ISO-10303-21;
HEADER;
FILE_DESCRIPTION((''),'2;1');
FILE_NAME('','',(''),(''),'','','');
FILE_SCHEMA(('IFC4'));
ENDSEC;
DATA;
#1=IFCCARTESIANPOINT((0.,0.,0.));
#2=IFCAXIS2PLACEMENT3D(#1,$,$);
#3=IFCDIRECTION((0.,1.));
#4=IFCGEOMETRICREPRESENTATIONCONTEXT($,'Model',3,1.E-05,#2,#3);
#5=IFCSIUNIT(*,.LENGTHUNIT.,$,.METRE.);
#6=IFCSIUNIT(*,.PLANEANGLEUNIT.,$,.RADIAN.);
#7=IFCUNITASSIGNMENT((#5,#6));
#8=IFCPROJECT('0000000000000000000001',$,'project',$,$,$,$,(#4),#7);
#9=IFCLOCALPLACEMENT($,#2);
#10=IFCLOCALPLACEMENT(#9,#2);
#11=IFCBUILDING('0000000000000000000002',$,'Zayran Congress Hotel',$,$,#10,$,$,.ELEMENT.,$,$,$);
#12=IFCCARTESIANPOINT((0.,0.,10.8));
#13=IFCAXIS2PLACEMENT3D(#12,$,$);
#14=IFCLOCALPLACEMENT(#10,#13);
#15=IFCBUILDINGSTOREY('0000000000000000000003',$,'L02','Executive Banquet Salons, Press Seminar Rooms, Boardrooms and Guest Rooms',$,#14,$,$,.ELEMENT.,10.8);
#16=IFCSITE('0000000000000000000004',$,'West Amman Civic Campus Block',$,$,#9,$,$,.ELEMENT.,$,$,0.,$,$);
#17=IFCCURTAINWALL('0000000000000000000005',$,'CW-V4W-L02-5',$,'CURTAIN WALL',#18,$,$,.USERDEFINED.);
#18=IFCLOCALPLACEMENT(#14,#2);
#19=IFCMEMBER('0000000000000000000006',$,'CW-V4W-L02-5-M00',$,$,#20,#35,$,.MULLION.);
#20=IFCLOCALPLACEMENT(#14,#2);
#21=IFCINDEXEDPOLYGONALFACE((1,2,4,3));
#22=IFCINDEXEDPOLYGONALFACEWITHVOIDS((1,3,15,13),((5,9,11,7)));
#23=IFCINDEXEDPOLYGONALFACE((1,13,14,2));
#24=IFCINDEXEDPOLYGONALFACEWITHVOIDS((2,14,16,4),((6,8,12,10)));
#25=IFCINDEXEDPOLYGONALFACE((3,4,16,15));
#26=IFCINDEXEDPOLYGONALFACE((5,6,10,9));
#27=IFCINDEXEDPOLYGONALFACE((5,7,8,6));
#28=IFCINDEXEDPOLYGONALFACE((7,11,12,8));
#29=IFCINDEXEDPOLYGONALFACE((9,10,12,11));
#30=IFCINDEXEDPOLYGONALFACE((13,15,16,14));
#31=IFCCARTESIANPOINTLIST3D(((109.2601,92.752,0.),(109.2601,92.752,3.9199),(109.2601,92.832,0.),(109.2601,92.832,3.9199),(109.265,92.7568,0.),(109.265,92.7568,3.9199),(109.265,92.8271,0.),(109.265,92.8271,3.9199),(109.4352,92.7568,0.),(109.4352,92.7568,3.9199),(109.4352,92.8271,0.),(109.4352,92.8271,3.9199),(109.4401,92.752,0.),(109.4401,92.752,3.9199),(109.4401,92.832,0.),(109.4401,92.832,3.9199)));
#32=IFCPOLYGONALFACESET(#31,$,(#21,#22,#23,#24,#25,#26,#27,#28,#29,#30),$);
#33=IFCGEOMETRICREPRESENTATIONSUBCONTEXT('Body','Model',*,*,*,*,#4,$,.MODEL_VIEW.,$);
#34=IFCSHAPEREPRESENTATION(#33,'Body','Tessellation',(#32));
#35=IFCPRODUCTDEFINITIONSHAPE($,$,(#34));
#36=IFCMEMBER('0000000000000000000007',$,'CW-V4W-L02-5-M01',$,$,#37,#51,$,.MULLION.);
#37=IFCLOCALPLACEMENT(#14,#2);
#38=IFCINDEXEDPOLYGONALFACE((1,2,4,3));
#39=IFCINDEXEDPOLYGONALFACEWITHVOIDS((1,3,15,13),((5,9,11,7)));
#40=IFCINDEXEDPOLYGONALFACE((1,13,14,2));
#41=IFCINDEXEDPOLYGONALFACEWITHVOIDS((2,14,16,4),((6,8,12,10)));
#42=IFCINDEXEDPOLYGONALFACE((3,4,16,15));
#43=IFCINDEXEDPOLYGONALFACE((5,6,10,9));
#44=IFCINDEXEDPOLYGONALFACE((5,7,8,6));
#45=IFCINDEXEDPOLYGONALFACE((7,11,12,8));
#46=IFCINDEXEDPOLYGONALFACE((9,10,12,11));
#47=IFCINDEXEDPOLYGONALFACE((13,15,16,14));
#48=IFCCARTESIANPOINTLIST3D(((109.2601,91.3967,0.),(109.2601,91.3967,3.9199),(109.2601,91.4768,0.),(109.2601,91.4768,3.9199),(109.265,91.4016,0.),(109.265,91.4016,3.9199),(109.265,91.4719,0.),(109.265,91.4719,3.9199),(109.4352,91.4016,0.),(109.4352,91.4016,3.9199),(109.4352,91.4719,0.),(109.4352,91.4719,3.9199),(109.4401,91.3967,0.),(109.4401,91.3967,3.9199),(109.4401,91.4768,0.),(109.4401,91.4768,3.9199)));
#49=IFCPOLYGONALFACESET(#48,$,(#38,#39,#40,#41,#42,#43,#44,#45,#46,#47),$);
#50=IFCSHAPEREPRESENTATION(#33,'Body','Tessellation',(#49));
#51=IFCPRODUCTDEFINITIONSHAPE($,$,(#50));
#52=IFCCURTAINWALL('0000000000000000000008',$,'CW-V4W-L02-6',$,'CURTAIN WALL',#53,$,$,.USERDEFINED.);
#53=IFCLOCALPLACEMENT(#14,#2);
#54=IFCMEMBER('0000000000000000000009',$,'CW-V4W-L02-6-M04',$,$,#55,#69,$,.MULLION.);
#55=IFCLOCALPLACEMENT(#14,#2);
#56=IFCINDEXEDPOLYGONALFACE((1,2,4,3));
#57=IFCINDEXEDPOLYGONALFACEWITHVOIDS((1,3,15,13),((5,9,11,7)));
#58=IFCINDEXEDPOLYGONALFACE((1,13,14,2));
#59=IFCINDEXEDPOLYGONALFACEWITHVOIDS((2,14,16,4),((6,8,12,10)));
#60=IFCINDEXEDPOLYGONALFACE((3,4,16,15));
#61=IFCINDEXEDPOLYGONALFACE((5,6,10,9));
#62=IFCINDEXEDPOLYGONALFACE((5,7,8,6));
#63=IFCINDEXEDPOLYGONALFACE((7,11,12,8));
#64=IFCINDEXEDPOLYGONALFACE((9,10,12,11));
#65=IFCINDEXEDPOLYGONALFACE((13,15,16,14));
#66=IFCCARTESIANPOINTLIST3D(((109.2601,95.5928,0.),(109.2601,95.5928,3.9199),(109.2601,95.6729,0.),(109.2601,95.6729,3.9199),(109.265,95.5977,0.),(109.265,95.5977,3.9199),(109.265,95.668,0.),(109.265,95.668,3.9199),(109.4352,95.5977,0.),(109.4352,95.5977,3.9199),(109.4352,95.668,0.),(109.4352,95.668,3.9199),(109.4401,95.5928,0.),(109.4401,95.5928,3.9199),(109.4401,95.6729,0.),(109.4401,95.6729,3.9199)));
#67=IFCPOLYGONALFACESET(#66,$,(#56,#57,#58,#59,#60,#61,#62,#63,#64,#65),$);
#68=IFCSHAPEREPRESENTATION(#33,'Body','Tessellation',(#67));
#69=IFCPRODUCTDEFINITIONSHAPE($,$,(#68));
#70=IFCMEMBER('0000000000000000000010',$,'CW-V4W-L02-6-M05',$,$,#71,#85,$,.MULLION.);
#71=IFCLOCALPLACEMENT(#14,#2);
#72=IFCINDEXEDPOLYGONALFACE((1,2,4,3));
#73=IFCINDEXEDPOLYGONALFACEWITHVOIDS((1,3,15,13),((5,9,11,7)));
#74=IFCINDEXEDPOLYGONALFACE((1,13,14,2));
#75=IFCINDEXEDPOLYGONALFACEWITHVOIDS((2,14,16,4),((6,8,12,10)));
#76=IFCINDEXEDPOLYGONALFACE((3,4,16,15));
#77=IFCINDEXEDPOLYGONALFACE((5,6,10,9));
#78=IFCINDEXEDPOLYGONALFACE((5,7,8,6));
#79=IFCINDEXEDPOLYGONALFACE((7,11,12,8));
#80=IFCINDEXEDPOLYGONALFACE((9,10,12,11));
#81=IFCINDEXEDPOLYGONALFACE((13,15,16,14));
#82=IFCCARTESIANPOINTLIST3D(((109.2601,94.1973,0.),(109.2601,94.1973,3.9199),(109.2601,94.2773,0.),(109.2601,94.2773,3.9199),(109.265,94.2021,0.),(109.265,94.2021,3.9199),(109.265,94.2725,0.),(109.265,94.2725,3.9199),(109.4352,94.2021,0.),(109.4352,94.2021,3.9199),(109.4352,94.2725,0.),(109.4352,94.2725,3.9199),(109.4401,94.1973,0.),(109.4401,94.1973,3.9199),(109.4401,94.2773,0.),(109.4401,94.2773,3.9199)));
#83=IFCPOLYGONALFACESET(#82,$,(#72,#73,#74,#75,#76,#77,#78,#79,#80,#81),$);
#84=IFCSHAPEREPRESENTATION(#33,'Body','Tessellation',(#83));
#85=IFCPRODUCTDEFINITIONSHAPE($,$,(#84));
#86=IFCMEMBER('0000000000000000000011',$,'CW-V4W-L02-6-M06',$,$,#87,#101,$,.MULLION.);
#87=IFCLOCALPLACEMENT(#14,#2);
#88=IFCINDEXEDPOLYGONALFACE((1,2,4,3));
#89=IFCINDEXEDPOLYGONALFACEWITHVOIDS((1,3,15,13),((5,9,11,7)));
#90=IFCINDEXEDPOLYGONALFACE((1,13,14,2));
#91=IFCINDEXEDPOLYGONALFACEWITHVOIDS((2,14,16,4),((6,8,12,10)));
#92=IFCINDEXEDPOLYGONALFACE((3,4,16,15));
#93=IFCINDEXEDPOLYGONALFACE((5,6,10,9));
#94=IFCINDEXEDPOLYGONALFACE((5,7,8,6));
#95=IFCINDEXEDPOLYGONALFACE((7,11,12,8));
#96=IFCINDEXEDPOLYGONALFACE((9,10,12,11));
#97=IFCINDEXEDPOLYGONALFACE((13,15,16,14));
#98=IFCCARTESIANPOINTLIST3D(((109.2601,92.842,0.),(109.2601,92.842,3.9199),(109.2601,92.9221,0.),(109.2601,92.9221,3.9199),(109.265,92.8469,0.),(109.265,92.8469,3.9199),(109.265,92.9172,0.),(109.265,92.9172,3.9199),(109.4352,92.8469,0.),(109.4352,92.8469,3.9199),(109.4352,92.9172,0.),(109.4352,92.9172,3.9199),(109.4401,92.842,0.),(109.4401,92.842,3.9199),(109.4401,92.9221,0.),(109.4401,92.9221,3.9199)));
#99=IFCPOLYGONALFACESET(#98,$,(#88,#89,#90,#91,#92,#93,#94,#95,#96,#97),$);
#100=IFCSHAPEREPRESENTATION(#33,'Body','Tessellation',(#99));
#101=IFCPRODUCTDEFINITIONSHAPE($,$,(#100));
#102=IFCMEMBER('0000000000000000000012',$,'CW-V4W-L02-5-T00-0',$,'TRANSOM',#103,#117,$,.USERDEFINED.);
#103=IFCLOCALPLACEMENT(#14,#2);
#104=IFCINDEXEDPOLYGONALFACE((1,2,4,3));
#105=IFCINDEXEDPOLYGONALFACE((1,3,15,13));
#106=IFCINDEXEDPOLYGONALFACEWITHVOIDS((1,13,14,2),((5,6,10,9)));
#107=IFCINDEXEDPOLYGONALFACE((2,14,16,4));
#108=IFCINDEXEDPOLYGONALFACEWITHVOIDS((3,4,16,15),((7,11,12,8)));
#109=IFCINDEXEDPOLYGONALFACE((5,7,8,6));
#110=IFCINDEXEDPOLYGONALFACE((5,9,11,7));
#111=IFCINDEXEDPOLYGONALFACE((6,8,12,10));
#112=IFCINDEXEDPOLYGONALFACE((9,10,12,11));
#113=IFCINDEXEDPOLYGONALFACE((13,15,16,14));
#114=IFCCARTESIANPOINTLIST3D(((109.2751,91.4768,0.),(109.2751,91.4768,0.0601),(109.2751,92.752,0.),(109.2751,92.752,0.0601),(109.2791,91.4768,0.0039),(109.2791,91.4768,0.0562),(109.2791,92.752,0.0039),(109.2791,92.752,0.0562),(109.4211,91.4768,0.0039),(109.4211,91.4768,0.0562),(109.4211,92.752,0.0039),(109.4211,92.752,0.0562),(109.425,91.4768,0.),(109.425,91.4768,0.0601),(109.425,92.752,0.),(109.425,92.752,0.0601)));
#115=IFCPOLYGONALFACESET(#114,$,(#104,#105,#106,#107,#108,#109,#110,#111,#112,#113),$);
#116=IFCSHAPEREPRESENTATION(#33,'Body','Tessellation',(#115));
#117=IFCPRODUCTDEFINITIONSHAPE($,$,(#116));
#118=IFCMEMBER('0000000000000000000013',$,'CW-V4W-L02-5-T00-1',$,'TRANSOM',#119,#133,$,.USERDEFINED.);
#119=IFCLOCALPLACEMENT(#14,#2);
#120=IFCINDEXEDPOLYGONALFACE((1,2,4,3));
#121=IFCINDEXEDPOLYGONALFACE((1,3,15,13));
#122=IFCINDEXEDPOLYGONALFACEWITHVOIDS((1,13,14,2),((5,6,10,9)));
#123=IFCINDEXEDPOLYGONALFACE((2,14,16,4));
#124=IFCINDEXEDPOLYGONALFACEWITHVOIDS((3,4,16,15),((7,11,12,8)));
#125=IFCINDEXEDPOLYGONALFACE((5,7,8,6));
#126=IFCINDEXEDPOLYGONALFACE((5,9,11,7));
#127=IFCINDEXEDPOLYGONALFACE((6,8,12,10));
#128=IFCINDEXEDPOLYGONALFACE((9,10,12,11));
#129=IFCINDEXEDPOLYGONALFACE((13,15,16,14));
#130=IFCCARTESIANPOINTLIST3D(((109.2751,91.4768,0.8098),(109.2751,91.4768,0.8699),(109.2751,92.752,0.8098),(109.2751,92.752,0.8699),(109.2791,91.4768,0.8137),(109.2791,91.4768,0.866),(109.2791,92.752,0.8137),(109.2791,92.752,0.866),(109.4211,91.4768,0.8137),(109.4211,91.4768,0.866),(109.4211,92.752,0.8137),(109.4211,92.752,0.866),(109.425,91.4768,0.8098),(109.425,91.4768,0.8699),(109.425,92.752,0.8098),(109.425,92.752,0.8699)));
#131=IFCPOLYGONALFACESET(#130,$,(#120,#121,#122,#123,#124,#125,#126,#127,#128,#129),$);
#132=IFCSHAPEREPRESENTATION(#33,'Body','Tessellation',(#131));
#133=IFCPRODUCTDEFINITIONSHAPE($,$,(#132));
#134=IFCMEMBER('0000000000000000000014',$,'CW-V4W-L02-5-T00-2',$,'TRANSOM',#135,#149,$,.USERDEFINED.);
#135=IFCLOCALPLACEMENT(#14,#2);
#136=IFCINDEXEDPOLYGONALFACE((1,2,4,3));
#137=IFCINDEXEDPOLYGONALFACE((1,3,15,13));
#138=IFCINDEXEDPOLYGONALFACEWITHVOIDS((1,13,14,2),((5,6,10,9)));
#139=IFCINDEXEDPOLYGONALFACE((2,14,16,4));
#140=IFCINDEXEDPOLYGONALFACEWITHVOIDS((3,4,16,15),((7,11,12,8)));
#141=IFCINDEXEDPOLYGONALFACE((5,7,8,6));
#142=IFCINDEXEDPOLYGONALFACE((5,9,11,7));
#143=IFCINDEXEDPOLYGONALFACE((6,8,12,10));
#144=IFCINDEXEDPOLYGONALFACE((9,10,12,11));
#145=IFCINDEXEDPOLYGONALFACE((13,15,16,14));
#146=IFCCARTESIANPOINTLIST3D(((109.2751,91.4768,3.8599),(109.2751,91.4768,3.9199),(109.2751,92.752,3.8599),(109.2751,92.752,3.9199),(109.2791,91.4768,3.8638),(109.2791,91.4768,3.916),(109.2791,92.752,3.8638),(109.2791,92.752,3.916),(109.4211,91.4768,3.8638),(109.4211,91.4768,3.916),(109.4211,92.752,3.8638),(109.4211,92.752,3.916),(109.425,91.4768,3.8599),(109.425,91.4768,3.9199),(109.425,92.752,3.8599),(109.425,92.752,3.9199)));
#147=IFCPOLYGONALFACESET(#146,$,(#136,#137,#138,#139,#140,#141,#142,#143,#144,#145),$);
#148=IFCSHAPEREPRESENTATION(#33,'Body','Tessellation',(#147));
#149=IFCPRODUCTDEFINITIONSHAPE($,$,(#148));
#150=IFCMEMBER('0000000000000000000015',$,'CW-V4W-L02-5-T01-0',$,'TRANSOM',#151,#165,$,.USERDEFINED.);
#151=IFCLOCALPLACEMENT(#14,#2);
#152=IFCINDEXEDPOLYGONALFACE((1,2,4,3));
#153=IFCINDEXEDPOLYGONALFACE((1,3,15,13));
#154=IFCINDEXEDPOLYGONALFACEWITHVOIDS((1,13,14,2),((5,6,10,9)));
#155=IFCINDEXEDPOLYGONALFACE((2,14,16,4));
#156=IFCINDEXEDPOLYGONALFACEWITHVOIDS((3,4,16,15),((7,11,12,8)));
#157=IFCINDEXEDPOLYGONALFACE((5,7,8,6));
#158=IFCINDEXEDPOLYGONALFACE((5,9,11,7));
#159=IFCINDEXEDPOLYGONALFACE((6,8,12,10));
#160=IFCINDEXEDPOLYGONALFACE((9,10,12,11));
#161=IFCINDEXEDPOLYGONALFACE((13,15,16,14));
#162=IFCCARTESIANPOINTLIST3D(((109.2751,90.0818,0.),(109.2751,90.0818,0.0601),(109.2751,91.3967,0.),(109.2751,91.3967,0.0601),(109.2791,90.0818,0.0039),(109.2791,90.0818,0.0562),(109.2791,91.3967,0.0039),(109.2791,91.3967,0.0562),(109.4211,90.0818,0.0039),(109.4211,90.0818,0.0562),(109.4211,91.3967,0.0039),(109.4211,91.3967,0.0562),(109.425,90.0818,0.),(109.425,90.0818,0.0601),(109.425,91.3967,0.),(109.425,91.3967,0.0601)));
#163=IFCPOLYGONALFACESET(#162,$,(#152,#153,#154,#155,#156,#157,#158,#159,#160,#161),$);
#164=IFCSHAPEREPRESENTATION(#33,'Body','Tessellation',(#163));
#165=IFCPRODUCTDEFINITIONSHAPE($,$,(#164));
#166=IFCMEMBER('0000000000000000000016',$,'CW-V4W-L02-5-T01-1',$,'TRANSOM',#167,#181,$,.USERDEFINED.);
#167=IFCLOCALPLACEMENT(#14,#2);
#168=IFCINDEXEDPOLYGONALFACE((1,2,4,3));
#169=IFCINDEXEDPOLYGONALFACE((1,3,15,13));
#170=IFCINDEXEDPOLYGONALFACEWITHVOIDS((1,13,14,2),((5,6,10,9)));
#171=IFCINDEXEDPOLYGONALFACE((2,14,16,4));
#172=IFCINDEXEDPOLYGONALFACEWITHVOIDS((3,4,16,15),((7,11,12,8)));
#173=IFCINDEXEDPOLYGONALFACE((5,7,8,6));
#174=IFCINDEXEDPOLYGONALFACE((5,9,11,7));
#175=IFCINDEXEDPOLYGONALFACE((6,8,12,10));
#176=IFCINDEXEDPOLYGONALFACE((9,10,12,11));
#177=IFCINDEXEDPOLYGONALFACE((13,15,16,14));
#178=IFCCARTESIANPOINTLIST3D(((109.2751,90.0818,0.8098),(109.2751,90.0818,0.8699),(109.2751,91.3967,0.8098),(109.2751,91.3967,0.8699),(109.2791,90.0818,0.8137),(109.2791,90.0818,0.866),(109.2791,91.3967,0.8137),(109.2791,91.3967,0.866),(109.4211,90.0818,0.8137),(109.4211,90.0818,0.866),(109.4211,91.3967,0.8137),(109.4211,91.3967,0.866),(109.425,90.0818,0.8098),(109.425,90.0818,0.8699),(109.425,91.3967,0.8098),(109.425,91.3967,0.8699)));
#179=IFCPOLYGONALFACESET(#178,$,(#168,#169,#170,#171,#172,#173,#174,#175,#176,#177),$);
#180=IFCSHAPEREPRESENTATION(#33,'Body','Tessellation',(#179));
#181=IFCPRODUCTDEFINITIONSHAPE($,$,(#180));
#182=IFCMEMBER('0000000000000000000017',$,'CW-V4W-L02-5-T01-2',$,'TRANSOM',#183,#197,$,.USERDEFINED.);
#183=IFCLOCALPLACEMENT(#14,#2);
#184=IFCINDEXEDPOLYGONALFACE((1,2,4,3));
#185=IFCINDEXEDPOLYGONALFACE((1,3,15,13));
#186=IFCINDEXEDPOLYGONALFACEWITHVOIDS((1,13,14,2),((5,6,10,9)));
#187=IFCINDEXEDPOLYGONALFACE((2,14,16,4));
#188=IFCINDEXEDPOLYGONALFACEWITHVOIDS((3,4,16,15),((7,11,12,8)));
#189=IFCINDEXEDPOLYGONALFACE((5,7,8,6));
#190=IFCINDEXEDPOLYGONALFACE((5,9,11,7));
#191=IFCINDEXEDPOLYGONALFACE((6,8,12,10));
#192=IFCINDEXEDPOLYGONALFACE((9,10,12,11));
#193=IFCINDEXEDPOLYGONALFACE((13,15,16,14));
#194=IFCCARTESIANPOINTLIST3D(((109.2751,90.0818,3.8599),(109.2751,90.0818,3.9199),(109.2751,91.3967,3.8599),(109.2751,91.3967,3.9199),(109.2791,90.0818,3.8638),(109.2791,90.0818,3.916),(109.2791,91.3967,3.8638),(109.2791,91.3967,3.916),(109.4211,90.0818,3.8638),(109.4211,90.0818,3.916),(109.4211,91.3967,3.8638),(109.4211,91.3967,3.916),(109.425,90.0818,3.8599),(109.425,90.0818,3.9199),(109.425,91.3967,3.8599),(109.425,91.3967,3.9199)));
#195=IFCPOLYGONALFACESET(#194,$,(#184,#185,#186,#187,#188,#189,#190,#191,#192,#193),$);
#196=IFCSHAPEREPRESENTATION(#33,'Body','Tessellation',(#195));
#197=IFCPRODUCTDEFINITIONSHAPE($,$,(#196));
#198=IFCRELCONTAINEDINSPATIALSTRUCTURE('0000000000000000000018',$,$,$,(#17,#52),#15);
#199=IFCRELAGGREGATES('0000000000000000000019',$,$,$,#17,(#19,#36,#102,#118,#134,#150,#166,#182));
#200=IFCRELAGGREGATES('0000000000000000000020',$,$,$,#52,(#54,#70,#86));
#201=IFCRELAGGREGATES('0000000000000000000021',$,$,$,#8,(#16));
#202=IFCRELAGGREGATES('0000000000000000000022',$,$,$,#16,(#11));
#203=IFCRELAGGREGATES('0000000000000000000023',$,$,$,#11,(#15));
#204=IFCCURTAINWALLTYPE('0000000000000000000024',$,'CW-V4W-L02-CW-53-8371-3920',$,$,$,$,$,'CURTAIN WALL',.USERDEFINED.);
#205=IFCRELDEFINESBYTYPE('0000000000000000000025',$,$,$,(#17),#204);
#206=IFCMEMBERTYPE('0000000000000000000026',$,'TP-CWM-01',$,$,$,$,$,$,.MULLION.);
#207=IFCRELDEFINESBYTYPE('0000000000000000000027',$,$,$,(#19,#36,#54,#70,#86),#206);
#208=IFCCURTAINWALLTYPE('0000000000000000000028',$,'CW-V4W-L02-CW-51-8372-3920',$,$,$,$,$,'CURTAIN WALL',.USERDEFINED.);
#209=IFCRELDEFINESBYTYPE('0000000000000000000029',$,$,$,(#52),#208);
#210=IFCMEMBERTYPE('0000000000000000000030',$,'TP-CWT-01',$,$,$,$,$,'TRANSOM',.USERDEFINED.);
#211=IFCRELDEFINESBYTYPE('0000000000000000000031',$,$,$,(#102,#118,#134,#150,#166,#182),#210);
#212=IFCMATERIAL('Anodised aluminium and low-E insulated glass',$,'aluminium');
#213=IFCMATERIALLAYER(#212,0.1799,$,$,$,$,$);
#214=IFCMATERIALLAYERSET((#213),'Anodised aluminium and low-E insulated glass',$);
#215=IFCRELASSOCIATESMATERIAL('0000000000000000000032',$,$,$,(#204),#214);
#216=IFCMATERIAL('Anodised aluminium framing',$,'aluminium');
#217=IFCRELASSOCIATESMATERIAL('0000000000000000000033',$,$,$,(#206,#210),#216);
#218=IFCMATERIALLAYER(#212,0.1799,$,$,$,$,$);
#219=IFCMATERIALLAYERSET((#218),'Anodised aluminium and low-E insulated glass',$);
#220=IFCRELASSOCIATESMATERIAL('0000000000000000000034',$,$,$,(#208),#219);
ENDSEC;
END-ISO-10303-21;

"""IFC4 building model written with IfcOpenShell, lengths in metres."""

from ifc_helpers import new_model, si_unit, direction, frame, origin, origin_2d, place, context, subcontext, project, spatial, hollow_rectangle, extrude, material, layer, layer_set, material_profile, profile_set, type_object, element, aggregate, save


model = new_model("IFC4")

# Units and contexts
model_context = context("Model", 3, precision=1e-05, world=origin(), true_north=direction((0.0, 1.0)))
body_context = subcontext(model_context, "Body", "Model", "MODEL_VIEW")
ifc_project = project(units=[si_unit("LENGTHUNIT", "METRE"), si_unit("PLANEANGLEUNIT", "RADIAN")], contexts=[model_context])

# Site, building, storey
site_placement = place(None, origin())
site = spatial("IfcSite", under=ifc_project, at=site_placement, Name="West Amman Civic Campus Block", CompositionType="ELEMENT", RefElevation=0.0)
building_placement = place(site_placement, origin())
building = spatial("IfcBuilding", under=site, at=building_placement, Name="Zayran Congress Hotel", CompositionType="ELEMENT")
storey_placement = place(building_placement, frame((0.0, 0.0, 10.8)))
storey = spatial("IfcBuildingStorey", under=building, at=storey_placement, Name="L02", Description="Executive Banquet Salons, Press Seminar Rooms, Boardrooms and Guest Rooms", CompositionType="ELEMENT", Elevation=10.8)

# Curtain walls, members
ifc_material_1 = material(Name="Anodised aluminium and low-E insulated glass", Category="aluminium")
ifc_layer_1 = layer(ifc_material_1, 0.1799)
ifc_layer_set_1 = layer_set([ifc_layer_1], Name="Anodised aluminium and low-E insulated glass")
curtain_wall_type_1 = type_object("IfcCurtainWallType", Name="CW-V4W-L02-CW-53-8371-3920", ElementType="CURTAIN WALL", PredefinedType="USERDEFINED", material=ifc_layer_set_1)
curtain_wall_1_placement = place(storey_placement, origin())
curtain_wall_1 = element("IfcCurtainWall", 1, at=curtain_wall_1_placement, inside=storey, type_object=curtain_wall_type_1, Name="CW-V4W-L02-5", ObjectType="CURTAIN WALL", PredefinedType="USERDEFINED")
ifc_material_2 = material(Name="Anodised aluminium framing", Category="aluminium")
ifc_material_profile_1 = material_profile(ifc_material_2, hollow_rectangle(XDim=0.0801, YDim=0.1799, WallThickness=0.0049, at=origin_2d()), Name="RHS 180x80x5")
ifc_profile_set_1 = profile_set([ifc_material_profile_1], Name="Anodised aluminium framing")
member_type_1 = type_object("IfcMemberType", Name="TP-CWM-01", PredefinedType="MULLION", material=ifc_profile_set_1)
member_1_placement = place(storey_placement, frame((109.3501, 92.792, 0.0), z_axis=(0.0, 0.0, 1.0), x_axis=(0.0, 1.0, 0.0)))
member_1 = element("IfcMember", 2, at=member_1_placement, type_object=member_type_1, Name="CW-V4W-L02-5-M00", PredefinedType="MULLION", context=body_context, shape_type="SweptSolid", body=[
    extrude(hollow_rectangle(XDim=0.0801, YDim=0.1799, WallThickness=0.0049, at=origin_2d()), origin(), (0.0, 0.0, 1.0), 3.9199),
])
member_2_placement = place(storey_placement, frame((109.3501, 91.4368, 0.0), z_axis=(0.0, 0.0, 1.0), x_axis=(0.0, 1.0, 0.0)))
member_2 = element("IfcMember", 3, at=member_2_placement, type_object=member_type_1, Name="CW-V4W-L02-5-M01", PredefinedType="MULLION", context=body_context, shape_type="SweptSolid", body=[
    extrude(hollow_rectangle(XDim=0.0801, YDim=0.1799, WallThickness=0.0049, at=origin_2d()), origin(), (0.0, 0.0, 1.0), 3.9199),
])
ifc_layer_2 = layer(ifc_material_1, 0.1799)
ifc_layer_set_2 = layer_set([ifc_layer_2], Name="Anodised aluminium and low-E insulated glass")
curtain_wall_type_2 = type_object("IfcCurtainWallType", Name="CW-V4W-L02-CW-51-8372-3920", ElementType="CURTAIN WALL", PredefinedType="USERDEFINED", material=ifc_layer_set_2)
curtain_wall_2_placement = place(storey_placement, origin())
curtain_wall_2 = element("IfcCurtainWall", 4, at=curtain_wall_2_placement, inside=storey, type_object=curtain_wall_type_2, Name="CW-V4W-L02-6", ObjectType="CURTAIN WALL", PredefinedType="USERDEFINED")
member_3_placement = place(storey_placement, frame((109.3501, 95.6328, 0.0), z_axis=(0.0, 0.0, 1.0), x_axis=(0.0, 1.0, 0.0)))
member_3 = element("IfcMember", 5, at=member_3_placement, type_object=member_type_1, Name="CW-V4W-L02-6-M04", PredefinedType="MULLION", context=body_context, shape_type="SweptSolid", body=[
    extrude(hollow_rectangle(XDim=0.0801, YDim=0.1799, WallThickness=0.0049, at=origin_2d()), origin(), (0.0, 0.0, 1.0), 3.9199),
])
member_4_placement = place(storey_placement, frame((109.3501, 94.2373, 0.0), z_axis=(0.0, 0.0, 1.0), x_axis=(0.0, 1.0, 0.0)))
member_4 = element("IfcMember", 6, at=member_4_placement, type_object=member_type_1, Name="CW-V4W-L02-6-M05", PredefinedType="MULLION", context=body_context, shape_type="SweptSolid", body=[
    extrude(hollow_rectangle(XDim=0.0801, YDim=0.1799, WallThickness=0.0049, at=origin_2d()), origin(), (0.0, 0.0, 1.0), 3.9199),
])
member_5_placement = place(storey_placement, frame((109.3501, 92.8821, 0.0), z_axis=(0.0, 0.0, 1.0), x_axis=(0.0, 1.0, 0.0)))
member_5 = element("IfcMember", 7, at=member_5_placement, type_object=member_type_1, Name="CW-V4W-L02-6-M06", PredefinedType="MULLION", context=body_context, shape_type="SweptSolid", body=[
    extrude(hollow_rectangle(XDim=0.0801, YDim=0.1799, WallThickness=0.0049, at=origin_2d()), origin(), (0.0, 0.0, 1.0), 3.9199),
])

# Members
ifc_material_profile_2 = material_profile(ifc_material_2, hollow_rectangle(XDim=0.0601, YDim=0.1499, WallThickness=0.0039, at=origin_2d()), Name="RHS 150x60x4")
ifc_profile_set_2 = profile_set([ifc_material_profile_2], Name="Anodised aluminium framing")
member_type_2 = type_object("IfcMemberType", Name="TP-CWT-01", ElementType="TRANSOM", PredefinedType="USERDEFINED", material=ifc_profile_set_2)
member_6_placement = place(storey_placement, frame((109.3501, 92.752, 0.03), z_axis=(0.0, -1.0, 0.0), x_axis=(0.0, 0.0, 1.0)))
member_6 = element("IfcMember", 8, at=member_6_placement, type_object=member_type_2, Name="CW-V4W-L02-5-T00-0", ObjectType="TRANSOM", PredefinedType="USERDEFINED", context=body_context, shape_type="SweptSolid", body=[
    extrude(hollow_rectangle(XDim=0.0601, YDim=0.1499, WallThickness=0.0039, at=origin_2d()), origin(), (0.0, 0.0, 1.0), 1.2751),
])
member_7_placement = place(storey_placement, frame((109.3501, 92.752, 0.8398), z_axis=(0.0, -1.0, 0.0), x_axis=(0.0, 0.0, 1.0)))
member_7 = element("IfcMember", 9, at=member_7_placement, type_object=member_type_2, Name="CW-V4W-L02-5-T00-1", ObjectType="TRANSOM", PredefinedType="USERDEFINED", context=body_context, shape_type="SweptSolid", body=[
    extrude(hollow_rectangle(XDim=0.0601, YDim=0.1499, WallThickness=0.0039, at=origin_2d()), origin(), (0.0, 0.0, 1.0), 1.2751),
])
member_8_placement = place(storey_placement, frame((109.3501, 92.752, 3.8899), z_axis=(0.0, -1.0, 0.0), x_axis=(0.0, 0.0, 1.0)))
member_8 = element("IfcMember", 10, at=member_8_placement, type_object=member_type_2, Name="CW-V4W-L02-5-T00-2", ObjectType="TRANSOM", PredefinedType="USERDEFINED", context=body_context, shape_type="SweptSolid", body=[
    extrude(hollow_rectangle(XDim=0.0601, YDim=0.1499, WallThickness=0.0039, at=origin_2d()), origin(), (0.0, 0.0, 1.0), 1.2751),
])
member_9_placement = place(storey_placement, frame((109.3501, 91.3967, 0.03), z_axis=(0.0, -1.0, 0.0), x_axis=(0.0, 0.0, 1.0)))
member_9 = element("IfcMember", 11, at=member_9_placement, type_object=member_type_2, Name="CW-V4W-L02-5-T01-0", ObjectType="TRANSOM", PredefinedType="USERDEFINED", context=body_context, shape_type="SweptSolid", body=[
    extrude(hollow_rectangle(XDim=0.0601, YDim=0.1499, WallThickness=0.0039, at=origin_2d()), origin(), (0.0, 0.0, 1.0), 1.3149),
])
member_10_placement = place(storey_placement, frame((109.3501, 91.3967, 0.8398), z_axis=(0.0, -1.0, 0.0), x_axis=(0.0, 0.0, 1.0)))
member_10 = element("IfcMember", 12, at=member_10_placement, type_object=member_type_2, Name="CW-V4W-L02-5-T01-1", ObjectType="TRANSOM", PredefinedType="USERDEFINED", context=body_context, shape_type="SweptSolid", body=[
    extrude(hollow_rectangle(XDim=0.0601, YDim=0.1499, WallThickness=0.0039, at=origin_2d()), origin(), (0.0, 0.0, 1.0), 1.3149),
])
member_11_placement = place(storey_placement, frame((109.3501, 91.3967, 3.8899), z_axis=(0.0, -1.0, 0.0), x_axis=(0.0, 0.0, 1.0)))
member_11 = element("IfcMember", 13, at=member_11_placement, type_object=member_type_2, Name="CW-V4W-L02-5-T01-2", ObjectType="TRANSOM", PredefinedType="USERDEFINED", context=body_context, shape_type="SweptSolid", body=[
    extrude(hollow_rectangle(XDim=0.0601, YDim=0.1499, WallThickness=0.0039, at=origin_2d()), origin(), (0.0, 0.0, 1.0), 1.3149),
])

aggregate(curtain_wall_1, [member_1, member_2, member_6, member_7, member_8, member_9, member_10, member_11])
aggregate(curtain_wall_2, [member_3, member_4, member_5])

save(model, "model.ifc")
